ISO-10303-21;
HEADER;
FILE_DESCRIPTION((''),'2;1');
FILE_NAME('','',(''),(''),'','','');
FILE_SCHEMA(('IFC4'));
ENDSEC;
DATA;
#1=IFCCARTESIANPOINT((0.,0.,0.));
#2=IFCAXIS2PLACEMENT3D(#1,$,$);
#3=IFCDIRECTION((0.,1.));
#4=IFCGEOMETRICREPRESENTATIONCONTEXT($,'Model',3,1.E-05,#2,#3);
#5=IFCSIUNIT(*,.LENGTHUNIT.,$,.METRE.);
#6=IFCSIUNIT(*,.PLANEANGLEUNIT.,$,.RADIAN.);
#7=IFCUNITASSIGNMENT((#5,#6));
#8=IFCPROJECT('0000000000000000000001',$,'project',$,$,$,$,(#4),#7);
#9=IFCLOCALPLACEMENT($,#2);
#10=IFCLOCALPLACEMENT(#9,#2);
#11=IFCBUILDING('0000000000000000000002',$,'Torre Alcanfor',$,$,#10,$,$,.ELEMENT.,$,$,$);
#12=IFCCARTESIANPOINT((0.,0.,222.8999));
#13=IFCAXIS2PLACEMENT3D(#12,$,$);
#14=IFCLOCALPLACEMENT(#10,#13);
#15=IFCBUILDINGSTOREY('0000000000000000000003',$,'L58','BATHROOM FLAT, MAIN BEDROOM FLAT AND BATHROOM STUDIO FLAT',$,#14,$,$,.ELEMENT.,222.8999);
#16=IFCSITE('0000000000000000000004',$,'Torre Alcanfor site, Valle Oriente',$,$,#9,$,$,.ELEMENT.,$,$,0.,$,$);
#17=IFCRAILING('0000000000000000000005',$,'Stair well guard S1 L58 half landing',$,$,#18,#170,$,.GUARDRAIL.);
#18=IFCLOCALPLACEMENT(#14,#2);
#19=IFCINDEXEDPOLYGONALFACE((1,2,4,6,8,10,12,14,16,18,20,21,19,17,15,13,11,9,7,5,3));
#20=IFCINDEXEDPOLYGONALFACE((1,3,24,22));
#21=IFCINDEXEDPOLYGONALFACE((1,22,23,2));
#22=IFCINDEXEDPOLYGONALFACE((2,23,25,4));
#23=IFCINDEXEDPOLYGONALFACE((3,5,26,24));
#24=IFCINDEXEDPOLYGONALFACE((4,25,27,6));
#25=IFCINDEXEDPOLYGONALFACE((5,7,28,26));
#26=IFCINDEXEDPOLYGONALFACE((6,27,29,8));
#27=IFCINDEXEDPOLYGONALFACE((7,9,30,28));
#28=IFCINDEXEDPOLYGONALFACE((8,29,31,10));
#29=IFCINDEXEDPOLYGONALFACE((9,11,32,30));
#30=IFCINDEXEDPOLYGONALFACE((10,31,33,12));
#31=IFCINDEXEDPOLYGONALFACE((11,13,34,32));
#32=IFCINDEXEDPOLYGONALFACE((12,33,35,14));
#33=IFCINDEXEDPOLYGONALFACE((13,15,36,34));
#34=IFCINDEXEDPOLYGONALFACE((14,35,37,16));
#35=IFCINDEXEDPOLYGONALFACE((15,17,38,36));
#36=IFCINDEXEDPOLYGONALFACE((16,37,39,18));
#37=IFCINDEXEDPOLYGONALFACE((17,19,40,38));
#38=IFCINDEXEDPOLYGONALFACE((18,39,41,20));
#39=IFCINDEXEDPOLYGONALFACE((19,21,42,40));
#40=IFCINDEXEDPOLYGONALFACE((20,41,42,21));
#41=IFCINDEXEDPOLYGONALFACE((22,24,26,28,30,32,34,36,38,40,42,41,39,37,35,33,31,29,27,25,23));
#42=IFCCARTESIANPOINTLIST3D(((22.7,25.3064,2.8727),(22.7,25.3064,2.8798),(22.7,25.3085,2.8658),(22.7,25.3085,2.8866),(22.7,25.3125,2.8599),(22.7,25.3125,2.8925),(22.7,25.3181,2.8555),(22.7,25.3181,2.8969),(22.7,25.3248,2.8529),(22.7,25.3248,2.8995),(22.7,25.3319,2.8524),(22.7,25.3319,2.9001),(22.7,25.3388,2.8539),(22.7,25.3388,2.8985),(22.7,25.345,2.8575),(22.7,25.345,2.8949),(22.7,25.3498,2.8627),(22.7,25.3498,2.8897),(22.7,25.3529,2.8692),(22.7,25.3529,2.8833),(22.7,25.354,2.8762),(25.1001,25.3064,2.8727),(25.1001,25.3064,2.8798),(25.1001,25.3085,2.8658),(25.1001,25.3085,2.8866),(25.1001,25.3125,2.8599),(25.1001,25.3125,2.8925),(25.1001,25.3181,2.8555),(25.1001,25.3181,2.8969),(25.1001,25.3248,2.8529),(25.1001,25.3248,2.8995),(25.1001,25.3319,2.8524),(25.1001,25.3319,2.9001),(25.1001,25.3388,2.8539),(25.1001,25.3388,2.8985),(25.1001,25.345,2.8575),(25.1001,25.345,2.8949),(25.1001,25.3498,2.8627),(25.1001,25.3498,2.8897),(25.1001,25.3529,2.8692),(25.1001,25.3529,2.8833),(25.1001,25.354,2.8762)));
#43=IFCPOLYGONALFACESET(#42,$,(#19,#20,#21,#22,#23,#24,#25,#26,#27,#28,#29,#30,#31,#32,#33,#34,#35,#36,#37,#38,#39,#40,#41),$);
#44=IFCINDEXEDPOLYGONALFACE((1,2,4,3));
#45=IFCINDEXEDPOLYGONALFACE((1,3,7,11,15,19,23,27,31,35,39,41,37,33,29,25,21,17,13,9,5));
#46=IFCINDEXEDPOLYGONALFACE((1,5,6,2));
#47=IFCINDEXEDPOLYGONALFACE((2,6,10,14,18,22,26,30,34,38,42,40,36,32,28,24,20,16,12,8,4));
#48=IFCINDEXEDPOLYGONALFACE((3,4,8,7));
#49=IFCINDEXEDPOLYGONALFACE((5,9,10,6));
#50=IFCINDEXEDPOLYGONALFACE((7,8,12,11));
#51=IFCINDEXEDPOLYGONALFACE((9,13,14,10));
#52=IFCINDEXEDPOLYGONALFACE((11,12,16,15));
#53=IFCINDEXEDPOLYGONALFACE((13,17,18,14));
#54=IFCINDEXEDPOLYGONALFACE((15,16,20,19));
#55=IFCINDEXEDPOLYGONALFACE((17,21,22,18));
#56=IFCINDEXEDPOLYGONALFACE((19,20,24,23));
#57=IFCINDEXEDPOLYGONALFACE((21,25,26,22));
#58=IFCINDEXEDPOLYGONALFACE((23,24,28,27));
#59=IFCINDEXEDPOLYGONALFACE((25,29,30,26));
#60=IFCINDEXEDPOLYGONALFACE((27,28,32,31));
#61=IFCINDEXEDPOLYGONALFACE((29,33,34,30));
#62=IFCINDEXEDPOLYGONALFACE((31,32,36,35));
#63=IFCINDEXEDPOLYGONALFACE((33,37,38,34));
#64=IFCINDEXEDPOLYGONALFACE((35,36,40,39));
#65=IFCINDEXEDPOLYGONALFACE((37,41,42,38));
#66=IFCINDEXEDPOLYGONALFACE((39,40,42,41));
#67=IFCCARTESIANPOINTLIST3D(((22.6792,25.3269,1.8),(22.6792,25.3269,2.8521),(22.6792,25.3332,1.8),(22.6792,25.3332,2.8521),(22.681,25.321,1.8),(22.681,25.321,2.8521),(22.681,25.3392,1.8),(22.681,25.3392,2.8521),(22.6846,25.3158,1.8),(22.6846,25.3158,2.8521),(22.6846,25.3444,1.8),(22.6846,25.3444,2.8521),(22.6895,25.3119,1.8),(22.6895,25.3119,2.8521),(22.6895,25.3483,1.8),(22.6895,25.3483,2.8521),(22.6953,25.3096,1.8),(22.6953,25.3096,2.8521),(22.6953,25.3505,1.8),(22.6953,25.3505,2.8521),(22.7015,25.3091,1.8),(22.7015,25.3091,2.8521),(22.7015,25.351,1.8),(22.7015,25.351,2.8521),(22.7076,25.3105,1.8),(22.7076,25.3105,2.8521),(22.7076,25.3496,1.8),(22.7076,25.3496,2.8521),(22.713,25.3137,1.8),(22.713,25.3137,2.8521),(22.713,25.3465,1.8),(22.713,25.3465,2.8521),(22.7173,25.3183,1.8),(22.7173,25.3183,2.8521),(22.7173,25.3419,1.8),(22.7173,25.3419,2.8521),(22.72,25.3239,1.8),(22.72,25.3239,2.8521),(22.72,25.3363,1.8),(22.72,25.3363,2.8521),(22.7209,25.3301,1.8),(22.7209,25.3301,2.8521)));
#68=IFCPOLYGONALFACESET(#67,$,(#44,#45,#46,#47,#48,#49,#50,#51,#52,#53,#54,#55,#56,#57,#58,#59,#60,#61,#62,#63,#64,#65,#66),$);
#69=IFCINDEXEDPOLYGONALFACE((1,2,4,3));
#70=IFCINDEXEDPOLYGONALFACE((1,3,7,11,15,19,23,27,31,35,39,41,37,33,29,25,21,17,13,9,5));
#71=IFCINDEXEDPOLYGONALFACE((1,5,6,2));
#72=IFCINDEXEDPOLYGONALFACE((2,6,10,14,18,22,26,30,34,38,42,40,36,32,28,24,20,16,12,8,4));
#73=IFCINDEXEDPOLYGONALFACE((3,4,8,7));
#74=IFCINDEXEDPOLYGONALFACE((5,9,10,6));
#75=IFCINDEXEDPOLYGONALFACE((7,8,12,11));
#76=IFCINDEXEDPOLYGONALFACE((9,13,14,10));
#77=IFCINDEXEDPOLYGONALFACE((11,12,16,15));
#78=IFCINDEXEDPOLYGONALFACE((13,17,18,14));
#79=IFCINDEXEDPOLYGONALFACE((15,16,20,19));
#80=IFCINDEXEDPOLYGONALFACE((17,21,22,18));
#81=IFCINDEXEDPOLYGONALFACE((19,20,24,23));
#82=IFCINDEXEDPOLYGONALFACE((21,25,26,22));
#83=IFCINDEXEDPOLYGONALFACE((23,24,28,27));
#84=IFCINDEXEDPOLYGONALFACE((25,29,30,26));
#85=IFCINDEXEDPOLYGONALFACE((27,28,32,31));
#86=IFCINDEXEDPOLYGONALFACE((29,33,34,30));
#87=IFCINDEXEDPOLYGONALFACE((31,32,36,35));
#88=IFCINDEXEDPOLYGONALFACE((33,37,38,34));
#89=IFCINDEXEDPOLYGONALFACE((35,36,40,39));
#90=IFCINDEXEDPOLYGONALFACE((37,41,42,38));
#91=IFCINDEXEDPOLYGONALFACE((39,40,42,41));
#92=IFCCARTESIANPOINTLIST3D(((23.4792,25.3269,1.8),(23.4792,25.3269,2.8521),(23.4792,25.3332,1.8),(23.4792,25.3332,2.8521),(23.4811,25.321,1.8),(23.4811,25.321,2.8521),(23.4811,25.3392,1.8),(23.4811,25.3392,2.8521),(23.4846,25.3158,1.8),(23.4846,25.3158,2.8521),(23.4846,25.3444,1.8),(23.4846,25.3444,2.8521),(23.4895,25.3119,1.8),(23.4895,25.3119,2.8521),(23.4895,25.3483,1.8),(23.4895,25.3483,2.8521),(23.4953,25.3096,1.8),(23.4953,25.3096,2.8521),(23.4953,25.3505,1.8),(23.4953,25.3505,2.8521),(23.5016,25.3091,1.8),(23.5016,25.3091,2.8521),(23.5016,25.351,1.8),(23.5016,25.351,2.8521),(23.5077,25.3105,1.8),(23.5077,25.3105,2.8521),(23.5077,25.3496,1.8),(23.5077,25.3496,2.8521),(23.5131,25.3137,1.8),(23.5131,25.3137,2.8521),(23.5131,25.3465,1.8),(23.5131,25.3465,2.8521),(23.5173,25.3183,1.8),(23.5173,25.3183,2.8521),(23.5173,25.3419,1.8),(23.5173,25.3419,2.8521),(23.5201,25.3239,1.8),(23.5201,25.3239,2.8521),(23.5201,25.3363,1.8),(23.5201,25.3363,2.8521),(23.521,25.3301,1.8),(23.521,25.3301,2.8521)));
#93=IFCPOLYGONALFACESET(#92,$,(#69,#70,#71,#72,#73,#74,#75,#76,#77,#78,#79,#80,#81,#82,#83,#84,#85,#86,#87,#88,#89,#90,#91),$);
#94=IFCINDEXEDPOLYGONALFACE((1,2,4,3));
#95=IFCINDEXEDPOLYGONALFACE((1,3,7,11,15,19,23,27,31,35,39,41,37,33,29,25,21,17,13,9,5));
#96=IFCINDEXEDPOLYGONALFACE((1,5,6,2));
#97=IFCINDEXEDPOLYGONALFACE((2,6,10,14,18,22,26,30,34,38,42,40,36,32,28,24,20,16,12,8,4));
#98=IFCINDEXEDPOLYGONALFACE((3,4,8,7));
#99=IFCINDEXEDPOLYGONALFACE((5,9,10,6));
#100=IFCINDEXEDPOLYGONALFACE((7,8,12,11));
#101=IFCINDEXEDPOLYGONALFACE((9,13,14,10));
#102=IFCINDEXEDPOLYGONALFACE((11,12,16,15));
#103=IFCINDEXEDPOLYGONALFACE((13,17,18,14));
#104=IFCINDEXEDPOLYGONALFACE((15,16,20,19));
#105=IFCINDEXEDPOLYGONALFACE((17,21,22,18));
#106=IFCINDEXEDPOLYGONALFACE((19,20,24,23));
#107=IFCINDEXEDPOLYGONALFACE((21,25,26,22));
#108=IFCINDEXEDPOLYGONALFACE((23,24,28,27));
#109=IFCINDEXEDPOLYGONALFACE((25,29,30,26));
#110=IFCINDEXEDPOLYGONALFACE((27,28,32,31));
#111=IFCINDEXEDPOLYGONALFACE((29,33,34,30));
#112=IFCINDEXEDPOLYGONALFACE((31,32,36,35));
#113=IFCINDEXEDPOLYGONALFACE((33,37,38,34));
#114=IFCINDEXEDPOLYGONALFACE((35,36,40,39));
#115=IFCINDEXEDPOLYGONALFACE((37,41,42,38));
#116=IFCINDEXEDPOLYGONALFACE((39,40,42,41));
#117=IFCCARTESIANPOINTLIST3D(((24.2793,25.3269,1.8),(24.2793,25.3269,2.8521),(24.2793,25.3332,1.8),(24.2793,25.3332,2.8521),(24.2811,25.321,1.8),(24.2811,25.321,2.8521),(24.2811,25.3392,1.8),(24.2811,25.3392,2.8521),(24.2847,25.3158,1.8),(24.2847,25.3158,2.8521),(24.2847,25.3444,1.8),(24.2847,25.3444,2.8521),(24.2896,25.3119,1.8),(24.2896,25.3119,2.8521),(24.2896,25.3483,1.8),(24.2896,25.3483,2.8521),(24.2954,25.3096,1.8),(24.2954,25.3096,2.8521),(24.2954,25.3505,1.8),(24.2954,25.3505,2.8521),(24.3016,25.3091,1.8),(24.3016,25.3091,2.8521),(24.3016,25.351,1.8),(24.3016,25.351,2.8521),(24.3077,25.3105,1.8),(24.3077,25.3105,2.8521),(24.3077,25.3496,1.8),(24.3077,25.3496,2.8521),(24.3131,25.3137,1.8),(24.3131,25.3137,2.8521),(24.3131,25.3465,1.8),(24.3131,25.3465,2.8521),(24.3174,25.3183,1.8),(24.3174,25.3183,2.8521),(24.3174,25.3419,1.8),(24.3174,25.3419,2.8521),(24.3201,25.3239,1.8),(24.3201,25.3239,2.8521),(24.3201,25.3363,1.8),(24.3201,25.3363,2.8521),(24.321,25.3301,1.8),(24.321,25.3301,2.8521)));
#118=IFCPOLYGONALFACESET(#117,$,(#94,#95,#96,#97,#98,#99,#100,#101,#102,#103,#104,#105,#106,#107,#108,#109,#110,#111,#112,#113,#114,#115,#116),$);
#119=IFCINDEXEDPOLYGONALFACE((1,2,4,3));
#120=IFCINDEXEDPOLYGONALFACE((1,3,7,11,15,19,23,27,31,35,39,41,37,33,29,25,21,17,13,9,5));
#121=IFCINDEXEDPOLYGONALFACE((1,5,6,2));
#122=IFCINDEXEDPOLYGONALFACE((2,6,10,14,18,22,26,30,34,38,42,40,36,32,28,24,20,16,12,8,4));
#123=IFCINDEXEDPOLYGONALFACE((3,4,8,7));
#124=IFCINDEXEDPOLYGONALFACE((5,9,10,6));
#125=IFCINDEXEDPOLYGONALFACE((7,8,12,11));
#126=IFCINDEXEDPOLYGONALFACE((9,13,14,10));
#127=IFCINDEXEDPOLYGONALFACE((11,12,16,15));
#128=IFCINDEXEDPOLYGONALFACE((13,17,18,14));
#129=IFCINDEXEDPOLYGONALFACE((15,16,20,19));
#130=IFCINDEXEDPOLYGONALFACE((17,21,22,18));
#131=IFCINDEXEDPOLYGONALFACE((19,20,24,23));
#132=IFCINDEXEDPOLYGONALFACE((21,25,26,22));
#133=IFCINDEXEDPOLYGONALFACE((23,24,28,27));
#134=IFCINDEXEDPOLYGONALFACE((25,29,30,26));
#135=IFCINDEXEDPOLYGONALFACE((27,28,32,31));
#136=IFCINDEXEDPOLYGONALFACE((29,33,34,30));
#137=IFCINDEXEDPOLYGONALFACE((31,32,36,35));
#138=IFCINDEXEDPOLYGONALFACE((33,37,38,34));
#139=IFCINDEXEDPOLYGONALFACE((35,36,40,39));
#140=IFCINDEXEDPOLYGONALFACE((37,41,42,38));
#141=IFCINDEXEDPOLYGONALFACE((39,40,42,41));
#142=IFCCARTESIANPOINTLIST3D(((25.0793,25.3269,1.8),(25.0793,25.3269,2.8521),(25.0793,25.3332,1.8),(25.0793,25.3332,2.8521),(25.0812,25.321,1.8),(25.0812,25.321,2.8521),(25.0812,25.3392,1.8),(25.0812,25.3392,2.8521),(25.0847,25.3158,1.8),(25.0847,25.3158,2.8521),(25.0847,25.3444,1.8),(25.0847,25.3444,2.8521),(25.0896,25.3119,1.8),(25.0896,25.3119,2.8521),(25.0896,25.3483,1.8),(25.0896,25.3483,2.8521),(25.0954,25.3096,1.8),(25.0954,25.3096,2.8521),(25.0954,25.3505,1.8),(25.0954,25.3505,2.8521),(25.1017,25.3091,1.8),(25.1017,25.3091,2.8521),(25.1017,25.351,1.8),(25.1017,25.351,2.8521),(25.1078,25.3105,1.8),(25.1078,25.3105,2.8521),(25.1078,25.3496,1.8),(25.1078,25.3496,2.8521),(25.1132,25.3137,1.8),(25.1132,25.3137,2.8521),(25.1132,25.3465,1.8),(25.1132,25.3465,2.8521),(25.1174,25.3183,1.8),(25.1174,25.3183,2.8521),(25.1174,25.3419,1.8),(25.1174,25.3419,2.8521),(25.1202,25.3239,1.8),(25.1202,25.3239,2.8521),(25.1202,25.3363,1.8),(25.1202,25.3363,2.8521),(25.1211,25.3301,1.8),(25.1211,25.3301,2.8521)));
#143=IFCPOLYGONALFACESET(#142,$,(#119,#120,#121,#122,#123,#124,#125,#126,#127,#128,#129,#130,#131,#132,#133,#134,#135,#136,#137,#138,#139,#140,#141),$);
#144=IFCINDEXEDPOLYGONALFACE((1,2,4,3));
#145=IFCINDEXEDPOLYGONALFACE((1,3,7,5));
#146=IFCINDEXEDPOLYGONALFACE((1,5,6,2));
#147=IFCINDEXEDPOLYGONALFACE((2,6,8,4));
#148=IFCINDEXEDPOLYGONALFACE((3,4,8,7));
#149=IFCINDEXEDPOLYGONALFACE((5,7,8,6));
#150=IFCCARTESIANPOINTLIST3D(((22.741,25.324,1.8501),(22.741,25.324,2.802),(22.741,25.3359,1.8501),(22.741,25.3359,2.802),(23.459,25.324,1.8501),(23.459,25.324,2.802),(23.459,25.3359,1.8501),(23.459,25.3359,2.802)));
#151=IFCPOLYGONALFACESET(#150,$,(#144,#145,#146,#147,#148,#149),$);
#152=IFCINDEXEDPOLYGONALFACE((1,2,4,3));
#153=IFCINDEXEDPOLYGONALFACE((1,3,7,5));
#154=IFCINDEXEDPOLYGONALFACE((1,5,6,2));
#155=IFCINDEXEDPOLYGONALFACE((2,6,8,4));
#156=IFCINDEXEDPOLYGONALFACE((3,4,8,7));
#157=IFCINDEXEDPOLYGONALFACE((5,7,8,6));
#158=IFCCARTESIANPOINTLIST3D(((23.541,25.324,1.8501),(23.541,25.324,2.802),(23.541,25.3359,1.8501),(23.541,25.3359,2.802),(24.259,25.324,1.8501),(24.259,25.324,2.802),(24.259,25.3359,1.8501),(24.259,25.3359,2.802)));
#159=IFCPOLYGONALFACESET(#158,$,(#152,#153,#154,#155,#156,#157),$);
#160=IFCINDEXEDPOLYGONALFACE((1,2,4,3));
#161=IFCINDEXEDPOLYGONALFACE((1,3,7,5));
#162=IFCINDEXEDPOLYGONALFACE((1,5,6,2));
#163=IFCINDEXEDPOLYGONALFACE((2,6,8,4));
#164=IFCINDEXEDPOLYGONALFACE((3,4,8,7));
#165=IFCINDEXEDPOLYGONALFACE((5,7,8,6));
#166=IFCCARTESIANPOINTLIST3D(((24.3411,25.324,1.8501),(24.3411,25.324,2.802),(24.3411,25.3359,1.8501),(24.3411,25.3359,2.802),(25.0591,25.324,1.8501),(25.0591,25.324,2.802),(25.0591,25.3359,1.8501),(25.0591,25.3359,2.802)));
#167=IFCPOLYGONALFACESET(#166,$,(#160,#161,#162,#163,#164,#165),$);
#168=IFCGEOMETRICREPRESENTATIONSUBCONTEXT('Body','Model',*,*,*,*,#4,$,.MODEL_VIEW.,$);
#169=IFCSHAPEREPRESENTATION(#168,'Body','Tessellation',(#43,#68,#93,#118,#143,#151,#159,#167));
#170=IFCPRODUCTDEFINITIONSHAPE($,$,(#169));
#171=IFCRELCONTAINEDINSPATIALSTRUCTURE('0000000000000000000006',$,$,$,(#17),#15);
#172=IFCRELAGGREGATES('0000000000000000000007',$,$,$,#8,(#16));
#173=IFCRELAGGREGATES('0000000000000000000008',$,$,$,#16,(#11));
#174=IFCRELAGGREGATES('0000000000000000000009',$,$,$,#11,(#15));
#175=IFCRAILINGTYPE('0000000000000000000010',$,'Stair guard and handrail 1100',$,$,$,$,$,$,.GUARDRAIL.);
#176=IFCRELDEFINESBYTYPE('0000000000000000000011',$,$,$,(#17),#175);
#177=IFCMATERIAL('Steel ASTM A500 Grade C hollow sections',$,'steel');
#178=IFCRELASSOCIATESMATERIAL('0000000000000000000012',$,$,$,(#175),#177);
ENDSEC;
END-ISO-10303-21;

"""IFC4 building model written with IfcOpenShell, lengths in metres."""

from ifc_helpers import new_model, si_unit, direction, frame, origin, origin_2d, place, context, subcontext, project, spatial, polyline, circle, outline, extrude, material, type_object, element, save


model = new_model("IFC4")

# Units and contexts
model_context = context("Model", 3, precision=1e-05, world=origin(), true_north=direction((0.0, 1.0)))
body_context = subcontext(model_context, "Body", "Model", "MODEL_VIEW")
ifc_project = project(units=[si_unit("LENGTHUNIT", "METRE"), si_unit("PLANEANGLEUNIT", "RADIAN")], contexts=[model_context])

# Site, building, storey
site_placement = place(None, origin())
site = spatial("IfcSite", under=ifc_project, at=site_placement, Name="Torre Alcanfor site, Valle Oriente", CompositionType="ELEMENT", RefElevation=0.0)
building_placement = place(site_placement, origin())
building = spatial("IfcBuilding", under=site, at=building_placement, Name="Torre Alcanfor", CompositionType="ELEMENT")
storey_placement = place(building_placement, frame((0.0, 0.0, 222.8999)))
storey = spatial("IfcBuildingStorey", under=building, at=storey_placement, Name="L58", Description="BATHROOM FLAT, MAIN BEDROOM FLAT AND BATHROOM STUDIO FLAT", CompositionType="ELEMENT", Elevation=222.8999)

# Railing
ifc_material_1 = material(Name="Steel ASTM A500 Grade C hollow sections", Category="steel")
railing_type_1 = type_object("IfcRailingType", Name="Stair guard and handrail 1100", PredefinedType="GUARDRAIL", material=ifc_material_1)
railing_1_placement = place(storey_placement, frame((22.7, 25.3301, 1.8)))
element("IfcRailing", 1, at=railing_1_placement, inside=storey, type_object=railing_type_1, Name="Stair well guard S1 L58 half landing", PredefinedType="GUARDRAIL", context=body_context, shape_type="SweptSolid", body=[
    extrude(circle(Radius=0.0239, at=origin_2d()), frame((0.0, 0.0, 1.0762), z_axis=(1.0, 0.0, 0.0), x_axis=(0.0, 1.0, 0.0)), (0.0, 0.0, 1.0), 2.4001),
    extrude(circle(Radius=0.021, at=origin_2d()), origin(), (0.0, 0.0, 1.0), 1.052),
    extrude(circle(Radius=0.021, at=origin_2d()), frame((0.8, 0.0, 0.0)), (0.0, 0.0, 1.0), 1.052),
    extrude(circle(Radius=0.021, at=origin_2d()), frame((1.6001, 0.0, 0.0)), (0.0, 0.0, 1.0), 1.052),
    extrude(circle(Radius=0.021, at=origin_2d()), frame((2.4001, 0.0, 0.0)), (0.0, 0.0, 1.0), 1.052),
    extrude(outline(polyline([(0.041, 0.05), (0.759, 0.05), (0.759, 1.002), (0.041, 1.002), (0.041, 0.05)])), frame((0.0, 0.0059, 0.0), z_axis=(0.0, -1.0, 0.0), x_axis=(1.0, 0.0, 0.0)), (0.0, 0.0, 1.0), 0.012),
    extrude(outline(polyline([(0.8411, 0.05), (1.5591, 0.05), (1.5591, 1.002), (0.8411, 1.002), (0.8411, 0.05)])), frame((0.0, 0.0059, 0.0), z_axis=(0.0, -1.0, 0.0), x_axis=(1.0, 0.0, 0.0)), (0.0, 0.0, 1.0), 0.012),
    extrude(outline(polyline([(1.6411, 0.05), (2.3591, 0.05), (2.3591, 1.002), (1.6411, 1.002), (1.6411, 0.05)])), frame((0.0, 0.0059, 0.0), z_axis=(0.0, -1.0, 0.0), x_axis=(1.0, 0.0, 0.0)), (0.0, 0.0, 1.0), 0.012),
])

save(model, "model.ifc")
